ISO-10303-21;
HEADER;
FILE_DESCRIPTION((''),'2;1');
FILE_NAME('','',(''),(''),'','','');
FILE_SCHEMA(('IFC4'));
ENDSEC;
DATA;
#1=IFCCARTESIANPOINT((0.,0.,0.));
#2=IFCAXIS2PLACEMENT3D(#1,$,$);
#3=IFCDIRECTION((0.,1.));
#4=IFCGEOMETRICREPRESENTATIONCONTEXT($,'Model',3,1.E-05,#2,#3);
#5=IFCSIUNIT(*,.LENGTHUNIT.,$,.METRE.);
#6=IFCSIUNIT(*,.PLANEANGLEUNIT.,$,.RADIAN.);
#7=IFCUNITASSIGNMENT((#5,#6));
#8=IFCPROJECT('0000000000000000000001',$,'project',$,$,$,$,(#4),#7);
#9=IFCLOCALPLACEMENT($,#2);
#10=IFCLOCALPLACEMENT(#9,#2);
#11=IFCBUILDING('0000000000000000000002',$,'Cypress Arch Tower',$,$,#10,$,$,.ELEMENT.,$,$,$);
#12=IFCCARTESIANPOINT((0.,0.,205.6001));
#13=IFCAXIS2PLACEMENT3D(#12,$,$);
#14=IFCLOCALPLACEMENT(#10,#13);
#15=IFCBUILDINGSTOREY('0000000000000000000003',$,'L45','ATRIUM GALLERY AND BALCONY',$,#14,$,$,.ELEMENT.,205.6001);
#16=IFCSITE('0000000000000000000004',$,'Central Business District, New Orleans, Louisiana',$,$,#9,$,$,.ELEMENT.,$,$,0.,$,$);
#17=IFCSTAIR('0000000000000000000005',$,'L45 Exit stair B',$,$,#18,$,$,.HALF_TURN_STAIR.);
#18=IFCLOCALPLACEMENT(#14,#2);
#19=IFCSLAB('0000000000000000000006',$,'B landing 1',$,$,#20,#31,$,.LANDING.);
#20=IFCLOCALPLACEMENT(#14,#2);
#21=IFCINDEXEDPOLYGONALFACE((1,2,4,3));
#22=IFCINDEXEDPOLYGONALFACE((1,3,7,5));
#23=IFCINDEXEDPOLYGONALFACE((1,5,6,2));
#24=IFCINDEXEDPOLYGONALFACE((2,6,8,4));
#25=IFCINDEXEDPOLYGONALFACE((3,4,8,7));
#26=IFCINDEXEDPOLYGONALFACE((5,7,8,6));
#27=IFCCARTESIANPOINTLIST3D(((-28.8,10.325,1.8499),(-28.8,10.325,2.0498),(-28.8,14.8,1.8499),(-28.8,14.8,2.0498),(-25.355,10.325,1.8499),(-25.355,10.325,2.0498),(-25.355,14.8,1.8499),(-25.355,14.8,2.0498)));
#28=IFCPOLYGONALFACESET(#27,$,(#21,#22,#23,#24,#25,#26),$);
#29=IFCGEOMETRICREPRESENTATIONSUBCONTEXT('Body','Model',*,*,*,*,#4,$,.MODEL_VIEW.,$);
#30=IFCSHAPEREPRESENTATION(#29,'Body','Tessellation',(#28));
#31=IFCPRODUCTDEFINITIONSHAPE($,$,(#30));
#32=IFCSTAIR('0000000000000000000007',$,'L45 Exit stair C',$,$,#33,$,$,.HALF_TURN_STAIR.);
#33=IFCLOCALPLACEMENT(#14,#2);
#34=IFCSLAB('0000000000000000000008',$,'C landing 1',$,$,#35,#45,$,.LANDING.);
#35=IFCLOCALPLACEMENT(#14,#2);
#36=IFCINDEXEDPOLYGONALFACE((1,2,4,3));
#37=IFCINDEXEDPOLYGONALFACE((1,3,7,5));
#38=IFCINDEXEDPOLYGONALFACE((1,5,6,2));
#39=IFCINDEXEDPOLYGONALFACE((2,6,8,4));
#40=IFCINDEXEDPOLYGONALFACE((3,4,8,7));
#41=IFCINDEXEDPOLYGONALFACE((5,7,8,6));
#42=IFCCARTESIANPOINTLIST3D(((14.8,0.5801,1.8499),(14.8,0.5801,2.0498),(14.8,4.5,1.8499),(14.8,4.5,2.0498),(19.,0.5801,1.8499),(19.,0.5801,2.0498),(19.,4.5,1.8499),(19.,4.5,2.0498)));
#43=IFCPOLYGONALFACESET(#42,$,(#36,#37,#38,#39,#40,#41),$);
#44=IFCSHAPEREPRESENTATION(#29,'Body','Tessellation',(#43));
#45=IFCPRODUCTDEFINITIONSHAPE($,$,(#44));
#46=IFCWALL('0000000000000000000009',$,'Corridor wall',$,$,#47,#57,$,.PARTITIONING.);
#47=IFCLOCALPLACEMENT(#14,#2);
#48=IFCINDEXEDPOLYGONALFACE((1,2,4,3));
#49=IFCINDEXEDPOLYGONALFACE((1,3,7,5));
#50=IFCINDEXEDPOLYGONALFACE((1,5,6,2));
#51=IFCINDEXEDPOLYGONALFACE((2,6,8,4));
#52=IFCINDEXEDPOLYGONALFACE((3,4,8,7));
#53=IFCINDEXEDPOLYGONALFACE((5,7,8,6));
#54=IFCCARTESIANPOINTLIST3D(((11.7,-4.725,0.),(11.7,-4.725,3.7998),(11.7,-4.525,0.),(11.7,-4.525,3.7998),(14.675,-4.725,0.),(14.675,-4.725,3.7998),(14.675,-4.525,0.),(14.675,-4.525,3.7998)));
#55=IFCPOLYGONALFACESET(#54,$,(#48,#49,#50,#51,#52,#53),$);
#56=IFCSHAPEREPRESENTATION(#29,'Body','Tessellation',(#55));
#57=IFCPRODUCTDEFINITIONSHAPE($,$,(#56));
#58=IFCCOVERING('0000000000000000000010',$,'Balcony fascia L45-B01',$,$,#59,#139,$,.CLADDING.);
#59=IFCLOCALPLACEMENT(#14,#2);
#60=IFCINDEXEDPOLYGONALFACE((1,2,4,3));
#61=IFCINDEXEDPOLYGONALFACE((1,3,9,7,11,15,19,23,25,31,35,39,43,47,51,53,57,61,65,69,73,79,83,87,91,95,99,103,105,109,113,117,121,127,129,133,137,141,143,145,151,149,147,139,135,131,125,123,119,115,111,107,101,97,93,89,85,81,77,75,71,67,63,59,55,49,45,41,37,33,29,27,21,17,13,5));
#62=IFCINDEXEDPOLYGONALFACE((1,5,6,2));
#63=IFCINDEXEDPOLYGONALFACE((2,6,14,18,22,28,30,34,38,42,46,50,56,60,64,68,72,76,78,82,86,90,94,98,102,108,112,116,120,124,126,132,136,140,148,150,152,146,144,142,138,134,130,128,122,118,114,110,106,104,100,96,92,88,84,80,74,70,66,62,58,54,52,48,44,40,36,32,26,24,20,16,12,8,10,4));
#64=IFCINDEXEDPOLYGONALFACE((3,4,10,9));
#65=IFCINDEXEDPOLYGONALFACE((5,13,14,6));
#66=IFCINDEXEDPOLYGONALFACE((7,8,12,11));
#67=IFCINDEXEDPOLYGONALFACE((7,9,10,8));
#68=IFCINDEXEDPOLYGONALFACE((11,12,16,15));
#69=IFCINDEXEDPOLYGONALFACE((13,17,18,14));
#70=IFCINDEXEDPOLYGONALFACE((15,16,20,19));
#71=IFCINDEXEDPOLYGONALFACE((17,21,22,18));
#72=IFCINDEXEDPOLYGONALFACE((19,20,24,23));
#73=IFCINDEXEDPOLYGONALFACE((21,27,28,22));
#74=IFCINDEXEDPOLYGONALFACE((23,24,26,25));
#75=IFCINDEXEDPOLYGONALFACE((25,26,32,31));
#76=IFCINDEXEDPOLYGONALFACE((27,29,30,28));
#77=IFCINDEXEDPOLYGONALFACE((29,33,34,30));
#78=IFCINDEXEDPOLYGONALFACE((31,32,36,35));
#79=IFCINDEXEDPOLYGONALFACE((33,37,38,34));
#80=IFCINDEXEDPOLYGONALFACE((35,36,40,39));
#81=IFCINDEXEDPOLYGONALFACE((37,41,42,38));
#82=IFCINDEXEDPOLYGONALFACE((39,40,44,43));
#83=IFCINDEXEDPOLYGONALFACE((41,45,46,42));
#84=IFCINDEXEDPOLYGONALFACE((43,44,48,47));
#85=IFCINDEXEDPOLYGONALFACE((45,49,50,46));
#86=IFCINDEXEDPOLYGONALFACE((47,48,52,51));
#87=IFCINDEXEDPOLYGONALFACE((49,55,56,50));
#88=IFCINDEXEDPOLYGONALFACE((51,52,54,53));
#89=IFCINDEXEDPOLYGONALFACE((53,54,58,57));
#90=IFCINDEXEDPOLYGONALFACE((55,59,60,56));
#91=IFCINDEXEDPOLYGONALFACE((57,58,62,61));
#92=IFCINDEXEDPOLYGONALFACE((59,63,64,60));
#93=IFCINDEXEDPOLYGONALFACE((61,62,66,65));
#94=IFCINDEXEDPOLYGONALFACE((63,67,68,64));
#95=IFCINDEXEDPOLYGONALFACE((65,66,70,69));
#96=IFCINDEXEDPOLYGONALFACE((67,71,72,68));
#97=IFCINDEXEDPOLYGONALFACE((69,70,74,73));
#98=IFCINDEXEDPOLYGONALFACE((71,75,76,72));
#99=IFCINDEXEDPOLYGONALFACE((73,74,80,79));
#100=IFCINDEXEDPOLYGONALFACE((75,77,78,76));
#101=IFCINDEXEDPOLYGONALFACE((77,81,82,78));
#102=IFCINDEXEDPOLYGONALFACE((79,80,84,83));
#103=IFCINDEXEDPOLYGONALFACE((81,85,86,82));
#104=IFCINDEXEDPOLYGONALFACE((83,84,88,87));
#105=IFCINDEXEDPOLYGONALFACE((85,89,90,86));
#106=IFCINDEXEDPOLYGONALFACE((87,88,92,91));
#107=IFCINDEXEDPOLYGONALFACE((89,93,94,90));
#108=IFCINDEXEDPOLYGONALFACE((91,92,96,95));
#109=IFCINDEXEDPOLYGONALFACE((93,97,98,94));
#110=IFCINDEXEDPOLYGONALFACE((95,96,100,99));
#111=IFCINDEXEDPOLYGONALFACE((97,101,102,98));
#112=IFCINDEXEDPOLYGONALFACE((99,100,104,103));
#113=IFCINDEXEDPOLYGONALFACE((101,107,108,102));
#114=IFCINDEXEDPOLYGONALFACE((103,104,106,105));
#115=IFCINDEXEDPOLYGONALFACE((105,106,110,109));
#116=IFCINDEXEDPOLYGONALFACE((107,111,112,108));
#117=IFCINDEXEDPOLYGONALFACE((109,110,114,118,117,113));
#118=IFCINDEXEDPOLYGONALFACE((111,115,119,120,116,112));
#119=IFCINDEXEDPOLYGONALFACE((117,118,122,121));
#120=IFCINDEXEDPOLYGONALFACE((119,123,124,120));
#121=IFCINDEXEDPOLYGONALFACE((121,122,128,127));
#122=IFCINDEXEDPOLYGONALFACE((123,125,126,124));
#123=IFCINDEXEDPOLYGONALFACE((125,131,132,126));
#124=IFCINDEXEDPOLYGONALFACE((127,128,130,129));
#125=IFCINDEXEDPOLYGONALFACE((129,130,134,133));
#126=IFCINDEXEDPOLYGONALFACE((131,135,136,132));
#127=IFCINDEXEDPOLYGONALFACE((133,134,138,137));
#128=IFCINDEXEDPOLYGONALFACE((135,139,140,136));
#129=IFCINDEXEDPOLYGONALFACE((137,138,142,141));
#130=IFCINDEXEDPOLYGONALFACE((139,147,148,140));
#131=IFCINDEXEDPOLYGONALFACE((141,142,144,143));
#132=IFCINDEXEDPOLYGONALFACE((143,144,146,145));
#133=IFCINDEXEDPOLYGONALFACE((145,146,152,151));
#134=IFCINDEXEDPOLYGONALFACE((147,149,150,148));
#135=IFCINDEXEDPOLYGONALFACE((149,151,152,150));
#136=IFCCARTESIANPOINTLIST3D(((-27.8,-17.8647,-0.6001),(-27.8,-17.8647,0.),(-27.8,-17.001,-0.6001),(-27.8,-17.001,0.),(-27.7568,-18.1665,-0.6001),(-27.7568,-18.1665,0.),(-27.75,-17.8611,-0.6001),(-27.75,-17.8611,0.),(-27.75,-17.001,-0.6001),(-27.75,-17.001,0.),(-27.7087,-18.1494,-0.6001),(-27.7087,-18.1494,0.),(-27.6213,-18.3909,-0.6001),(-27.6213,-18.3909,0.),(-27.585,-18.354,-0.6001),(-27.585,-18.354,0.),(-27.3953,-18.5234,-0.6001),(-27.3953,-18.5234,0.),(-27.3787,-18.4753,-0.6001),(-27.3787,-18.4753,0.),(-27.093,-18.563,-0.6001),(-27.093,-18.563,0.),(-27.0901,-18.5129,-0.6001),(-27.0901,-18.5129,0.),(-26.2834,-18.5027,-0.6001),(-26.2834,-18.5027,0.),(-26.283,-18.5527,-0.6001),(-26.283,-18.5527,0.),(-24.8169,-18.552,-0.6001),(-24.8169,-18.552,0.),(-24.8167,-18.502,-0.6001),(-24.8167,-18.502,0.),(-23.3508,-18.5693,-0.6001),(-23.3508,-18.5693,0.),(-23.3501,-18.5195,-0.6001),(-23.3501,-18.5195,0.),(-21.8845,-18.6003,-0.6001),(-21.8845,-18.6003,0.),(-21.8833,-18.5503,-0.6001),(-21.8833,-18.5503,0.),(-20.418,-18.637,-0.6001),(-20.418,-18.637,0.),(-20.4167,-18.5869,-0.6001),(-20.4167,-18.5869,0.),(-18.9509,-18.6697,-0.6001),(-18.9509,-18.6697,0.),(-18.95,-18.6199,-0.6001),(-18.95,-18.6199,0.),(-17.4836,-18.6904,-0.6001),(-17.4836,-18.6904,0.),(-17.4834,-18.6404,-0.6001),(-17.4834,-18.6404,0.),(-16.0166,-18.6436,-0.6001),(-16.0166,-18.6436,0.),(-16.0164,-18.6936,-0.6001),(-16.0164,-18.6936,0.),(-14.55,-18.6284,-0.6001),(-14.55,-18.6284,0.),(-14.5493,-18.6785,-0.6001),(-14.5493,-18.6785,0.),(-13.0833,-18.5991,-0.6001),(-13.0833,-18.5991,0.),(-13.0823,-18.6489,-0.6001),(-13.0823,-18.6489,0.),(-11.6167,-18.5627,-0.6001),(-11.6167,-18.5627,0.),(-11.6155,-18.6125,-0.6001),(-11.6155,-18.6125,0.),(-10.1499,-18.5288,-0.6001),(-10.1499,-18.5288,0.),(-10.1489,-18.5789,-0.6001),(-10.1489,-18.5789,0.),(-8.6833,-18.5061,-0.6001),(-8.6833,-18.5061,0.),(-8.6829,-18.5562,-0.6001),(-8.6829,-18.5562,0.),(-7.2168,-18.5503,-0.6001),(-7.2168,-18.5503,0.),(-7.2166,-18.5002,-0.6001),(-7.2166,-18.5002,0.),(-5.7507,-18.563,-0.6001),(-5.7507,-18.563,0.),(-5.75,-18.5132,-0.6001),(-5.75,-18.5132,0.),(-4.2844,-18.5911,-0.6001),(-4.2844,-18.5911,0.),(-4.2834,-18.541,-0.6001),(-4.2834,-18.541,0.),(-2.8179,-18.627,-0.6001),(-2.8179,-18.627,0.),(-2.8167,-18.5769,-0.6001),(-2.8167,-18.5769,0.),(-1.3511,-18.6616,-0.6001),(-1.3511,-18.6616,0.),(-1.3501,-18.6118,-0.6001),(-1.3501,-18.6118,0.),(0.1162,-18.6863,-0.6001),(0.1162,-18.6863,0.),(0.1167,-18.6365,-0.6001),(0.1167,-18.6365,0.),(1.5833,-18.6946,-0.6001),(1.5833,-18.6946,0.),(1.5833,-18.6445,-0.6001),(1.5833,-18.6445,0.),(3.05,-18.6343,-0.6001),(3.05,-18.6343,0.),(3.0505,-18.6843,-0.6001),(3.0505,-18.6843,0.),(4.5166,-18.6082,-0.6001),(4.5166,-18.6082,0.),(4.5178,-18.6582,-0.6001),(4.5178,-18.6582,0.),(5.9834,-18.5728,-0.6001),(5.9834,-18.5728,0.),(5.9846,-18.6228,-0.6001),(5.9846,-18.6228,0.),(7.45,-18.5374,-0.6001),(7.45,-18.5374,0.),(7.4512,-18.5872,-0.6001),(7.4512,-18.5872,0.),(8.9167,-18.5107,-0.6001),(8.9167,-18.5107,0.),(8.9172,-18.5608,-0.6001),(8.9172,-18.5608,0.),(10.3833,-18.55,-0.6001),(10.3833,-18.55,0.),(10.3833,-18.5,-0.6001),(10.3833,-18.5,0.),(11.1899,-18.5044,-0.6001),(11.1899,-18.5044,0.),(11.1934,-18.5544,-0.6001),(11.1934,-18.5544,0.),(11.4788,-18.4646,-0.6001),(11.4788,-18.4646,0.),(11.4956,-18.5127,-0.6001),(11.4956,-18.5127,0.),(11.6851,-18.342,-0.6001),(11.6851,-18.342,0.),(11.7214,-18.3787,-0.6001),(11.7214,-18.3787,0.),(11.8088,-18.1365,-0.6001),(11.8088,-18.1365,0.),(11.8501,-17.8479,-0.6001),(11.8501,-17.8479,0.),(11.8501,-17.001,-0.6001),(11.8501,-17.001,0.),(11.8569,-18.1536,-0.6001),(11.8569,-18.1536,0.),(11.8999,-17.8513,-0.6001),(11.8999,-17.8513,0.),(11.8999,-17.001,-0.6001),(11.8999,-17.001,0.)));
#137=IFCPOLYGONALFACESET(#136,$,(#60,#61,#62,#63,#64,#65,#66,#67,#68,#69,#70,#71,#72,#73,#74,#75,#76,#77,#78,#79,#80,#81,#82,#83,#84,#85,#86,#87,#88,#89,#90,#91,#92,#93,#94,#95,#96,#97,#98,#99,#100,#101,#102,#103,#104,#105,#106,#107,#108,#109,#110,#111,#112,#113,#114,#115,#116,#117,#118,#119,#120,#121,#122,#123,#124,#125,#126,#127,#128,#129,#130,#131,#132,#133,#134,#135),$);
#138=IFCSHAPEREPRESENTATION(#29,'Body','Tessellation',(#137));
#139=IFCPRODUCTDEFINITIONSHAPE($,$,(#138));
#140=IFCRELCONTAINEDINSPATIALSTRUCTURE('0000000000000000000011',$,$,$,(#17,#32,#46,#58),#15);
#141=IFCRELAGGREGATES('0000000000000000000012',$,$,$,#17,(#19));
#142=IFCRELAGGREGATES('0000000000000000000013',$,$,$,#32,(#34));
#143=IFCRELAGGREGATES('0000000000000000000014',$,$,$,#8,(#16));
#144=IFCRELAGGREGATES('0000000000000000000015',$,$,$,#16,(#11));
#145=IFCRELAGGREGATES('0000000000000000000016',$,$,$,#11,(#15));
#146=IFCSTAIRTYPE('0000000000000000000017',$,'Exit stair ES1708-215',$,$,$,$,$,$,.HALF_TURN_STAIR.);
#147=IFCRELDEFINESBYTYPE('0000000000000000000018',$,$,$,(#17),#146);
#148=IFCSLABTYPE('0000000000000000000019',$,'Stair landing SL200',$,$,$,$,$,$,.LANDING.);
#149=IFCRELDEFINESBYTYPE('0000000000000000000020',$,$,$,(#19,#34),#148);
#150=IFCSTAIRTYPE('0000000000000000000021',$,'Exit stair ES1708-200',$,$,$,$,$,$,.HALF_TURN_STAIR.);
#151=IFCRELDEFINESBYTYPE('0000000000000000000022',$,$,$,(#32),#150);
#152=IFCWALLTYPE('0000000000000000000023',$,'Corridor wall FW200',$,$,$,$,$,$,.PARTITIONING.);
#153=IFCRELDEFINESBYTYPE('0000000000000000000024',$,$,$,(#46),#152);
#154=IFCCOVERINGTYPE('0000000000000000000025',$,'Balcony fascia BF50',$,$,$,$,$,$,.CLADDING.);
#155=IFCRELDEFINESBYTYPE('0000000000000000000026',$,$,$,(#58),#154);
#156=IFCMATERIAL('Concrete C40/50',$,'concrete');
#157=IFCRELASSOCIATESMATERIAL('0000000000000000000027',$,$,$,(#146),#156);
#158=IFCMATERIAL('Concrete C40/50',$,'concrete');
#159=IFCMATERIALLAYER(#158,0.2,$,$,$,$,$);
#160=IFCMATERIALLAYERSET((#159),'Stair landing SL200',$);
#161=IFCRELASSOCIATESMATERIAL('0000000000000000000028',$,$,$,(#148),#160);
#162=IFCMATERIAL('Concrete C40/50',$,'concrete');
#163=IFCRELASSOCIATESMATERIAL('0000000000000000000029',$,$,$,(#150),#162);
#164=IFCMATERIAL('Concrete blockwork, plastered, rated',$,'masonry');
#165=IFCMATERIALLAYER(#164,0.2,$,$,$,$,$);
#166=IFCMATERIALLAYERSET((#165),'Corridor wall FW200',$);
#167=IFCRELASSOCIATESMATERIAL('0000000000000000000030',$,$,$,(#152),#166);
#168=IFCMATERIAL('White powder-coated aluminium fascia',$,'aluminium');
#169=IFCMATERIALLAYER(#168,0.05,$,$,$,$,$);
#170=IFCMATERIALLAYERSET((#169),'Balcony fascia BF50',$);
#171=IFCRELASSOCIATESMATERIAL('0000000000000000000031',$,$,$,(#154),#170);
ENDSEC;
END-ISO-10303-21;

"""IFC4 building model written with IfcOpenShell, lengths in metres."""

from ifc_helpers import new_model, si_unit, direction, frame, frame_2d, origin, place, context, subcontext, project, spatial, polyline, rectangle, outline, extrude, material, layer, layer_set, type_object, element, aggregate, save


model = new_model("IFC4")

# Units and contexts
model_context = context("Model", 3, precision=1e-05, world=origin(), true_north=direction((0.0, 1.0)))
body_context = subcontext(model_context, "Body", "Model", "MODEL_VIEW")
ifc_project = project(units=[si_unit("LENGTHUNIT", "METRE"), si_unit("PLANEANGLEUNIT", "RADIAN")], contexts=[model_context])

# Site, building, storey
site_placement = place(None, origin())
site = spatial("IfcSite", under=ifc_project, at=site_placement, Name="Central Business District, New Orleans, Louisiana", CompositionType="ELEMENT", RefElevation=0.0)
building_placement = place(site_placement, origin())
building = spatial("IfcBuilding", under=site, at=building_placement, Name="Cypress Arch Tower", CompositionType="ELEMENT")
storey_placement = place(building_placement, frame((0.0, 0.0, 205.6001)))
storey = spatial("IfcBuildingStorey", under=building, at=storey_placement, Name="L45", Description="ATRIUM GALLERY AND BALCONY", CompositionType="ELEMENT", Elevation=205.6001)

# Stairs, slabs
ifc_material_1 = material(Name="Concrete C40/50", Category="concrete")
stair_type_1 = type_object("IfcStairType", Name="Exit stair ES1708-215", PredefinedType="HALF_TURN_STAIR", material=ifc_material_1)
ifc_material_2 = material(Name="Concrete C40/50", Category="concrete")
ifc_layer_1 = layer(ifc_material_2, 0.2)
ifc_layer_set_1 = layer_set([ifc_layer_1], Name="Stair landing SL200")
slab_type_1 = type_object("IfcSlabType", Name="Stair landing SL200", PredefinedType="LANDING", material=ifc_layer_set_1)
stair_1_placement = place(storey_placement, origin())
stair_1 = element("IfcStair", 1, at=stair_1_placement, inside=storey, type_object=stair_type_1, Name="L45 Exit stair B", PredefinedType="HALF_TURN_STAIR")
slab_1_placement = place(storey_placement, frame((0.0, 0.0, 1.8499)))
slab_1 = element("IfcSlab", 2, at=slab_1_placement, type_object=slab_type_1, Name="B landing 1", PredefinedType="LANDING", context=body_context, shape_type="SweptSolid", body=[
    extrude(outline(polyline([(-25.355, 14.8), (-28.8, 14.8), (-28.8, 10.325), (-25.355, 10.325), (-25.355, 14.8)])), origin(), (0.0, 0.0, 1.0), 0.2),
])
aggregate(stair_1, [slab_1])
ifc_material_3 = material(Name="Concrete C40/50", Category="concrete")
stair_type_2 = type_object("IfcStairType", Name="Exit stair ES1708-200", PredefinedType="HALF_TURN_STAIR", material=ifc_material_3)
stair_2_placement = place(storey_placement, origin())
stair_2 = element("IfcStair", 3, at=stair_2_placement, inside=storey, type_object=stair_type_2, Name="L45 Exit stair C", PredefinedType="HALF_TURN_STAIR")
slab_2_placement = place(storey_placement, frame((0.0, 0.0, 1.8499)))
slab_2 = element("IfcSlab", 4, at=slab_2_placement, type_object=slab_type_1, Name="C landing 1", PredefinedType="LANDING", context=body_context, shape_type="SweptSolid", body=[
    extrude(outline(polyline([(19.0, 0.5801), (19.0, 4.5), (14.8, 4.5), (14.8, 0.5801), (19.0, 0.5801)])), origin(), (0.0, 0.0, 1.0), 0.2),
])
aggregate(stair_2, [slab_2])

# Wall
ifc_material_4 = material(Name="Concrete blockwork, plastered, rated", Category="masonry")
ifc_layer_2 = layer(ifc_material_4, 0.2)
ifc_layer_set_2 = layer_set([ifc_layer_2], Name="Corridor wall FW200")
wall_type = type_object("IfcWallType", Name="Corridor wall FW200", PredefinedType="PARTITIONING", material=ifc_layer_set_2)
wall_placement = place(storey_placement, frame((11.7, -4.625, 0.0), z_axis=(0.0, 0.0, 1.0), x_axis=(1.0, 0.0, 0.0)))
element("IfcWall", 5, at=wall_placement, inside=storey, type_object=wall_type, Name="Corridor wall", PredefinedType="PARTITIONING", context=body_context, shape_type="SweptSolid", body=[
    extrude(rectangle(XDim=2.9751, YDim=0.2, at=frame_2d((1.4875, 0.0))), origin(), (0.0, 0.0, 1.0), 3.7998),
])

# Covering
ifc_material_5 = material(Name="White powder-coated aluminium fascia", Category="aluminium")
ifc_layer_3 = layer(ifc_material_5, 0.05)
ifc_layer_set_3 = layer_set([ifc_layer_3], Name="Balcony fascia BF50")
covering_type_1 = type_object("IfcCoveringType", Name="Balcony fascia BF50", PredefinedType="CLADDING", material=ifc_layer_set_3)
covering_1_placement = place(storey_placement, frame((0.0, 0.0, -0.6001)))
element("IfcCovering", 6, at=covering_1_placement, inside=storey, type_object=covering_type_1, Name="Balcony fascia L45-B01", PredefinedType="CLADDING", context=body_context, shape_type="SweptSolid", body=[
    extrude(outline(polyline([(11.8999, -17.8513), (11.8569, -18.1536), (11.7214, -18.3787), (11.4956, -18.5127), (11.1934, -18.5544), (10.3833, -18.55), (8.9172, -18.5608), (7.4512, -18.5872), (5.9846, -18.6228), (4.5178, -18.6582), (3.0505, -18.6843), (1.5833, -18.6946), (0.1162, -18.6863), (-1.3511, -18.6616), (-2.8179, -18.627), (-4.2844, -18.5911), (-5.7507, -18.563), (-7.2168, -18.5503), (-8.6829, -18.5562), (-10.1489, -18.5789), (-11.6155, -18.6125), (-13.0823, -18.6489), (-14.5493, -18.6785), (-16.0164, -18.6936), (-17.4836, -18.6904), (-18.9509, -18.6697), (-20.418, -18.637), (-21.8845, -18.6003), (-23.3508, -18.5693), (-24.8169, -18.552), (-26.283, -18.5527), (-27.093, -18.563), (-27.3953, -18.5234), (-27.6213, -18.3909), (-27.7568, -18.1665), (-27.8, -17.8647), (-27.8, -17.001), (-27.75, -17.001), (-27.75, -17.8611), (-27.7087, -18.1494), (-27.585, -18.354), (-27.3787, -18.4753), (-27.0901, -18.5129), (-26.2834, -18.5027), (-24.8167, -18.502), (-23.3501, -18.5195), (-21.8833, -18.5503), (-20.4167, -18.5869), (-18.95, -18.6199), (-17.4834, -18.6404), (-16.0166, -18.6436), (-14.55, -18.6284), (-13.0833, -18.5991), (-11.6167, -18.5627), (-10.1499, -18.5288), (-8.6833, -18.5061), (-7.2166, -18.5002), (-5.75, -18.5132), (-4.2834, -18.541), (-2.8167, -18.5769), (-1.3501, -18.6118), (0.1167, -18.6365), (1.5833, -18.6445), (3.05, -18.6343), (4.5166, -18.6082), (5.9834, -18.5728), (7.45, -18.5374), (8.9167, -18.5107), (10.3833, -18.5), (11.1899, -18.5044), (11.4788, -18.4646), (11.6851, -18.342), (11.8088, -18.1365), (11.8501, -17.8479), (11.8501, -17.001), (11.8999, -17.001), (11.8999, -17.8513)])), origin(), (0.0, 0.0, 1.0), 0.6001),
])

save(model, "model.ifc")
